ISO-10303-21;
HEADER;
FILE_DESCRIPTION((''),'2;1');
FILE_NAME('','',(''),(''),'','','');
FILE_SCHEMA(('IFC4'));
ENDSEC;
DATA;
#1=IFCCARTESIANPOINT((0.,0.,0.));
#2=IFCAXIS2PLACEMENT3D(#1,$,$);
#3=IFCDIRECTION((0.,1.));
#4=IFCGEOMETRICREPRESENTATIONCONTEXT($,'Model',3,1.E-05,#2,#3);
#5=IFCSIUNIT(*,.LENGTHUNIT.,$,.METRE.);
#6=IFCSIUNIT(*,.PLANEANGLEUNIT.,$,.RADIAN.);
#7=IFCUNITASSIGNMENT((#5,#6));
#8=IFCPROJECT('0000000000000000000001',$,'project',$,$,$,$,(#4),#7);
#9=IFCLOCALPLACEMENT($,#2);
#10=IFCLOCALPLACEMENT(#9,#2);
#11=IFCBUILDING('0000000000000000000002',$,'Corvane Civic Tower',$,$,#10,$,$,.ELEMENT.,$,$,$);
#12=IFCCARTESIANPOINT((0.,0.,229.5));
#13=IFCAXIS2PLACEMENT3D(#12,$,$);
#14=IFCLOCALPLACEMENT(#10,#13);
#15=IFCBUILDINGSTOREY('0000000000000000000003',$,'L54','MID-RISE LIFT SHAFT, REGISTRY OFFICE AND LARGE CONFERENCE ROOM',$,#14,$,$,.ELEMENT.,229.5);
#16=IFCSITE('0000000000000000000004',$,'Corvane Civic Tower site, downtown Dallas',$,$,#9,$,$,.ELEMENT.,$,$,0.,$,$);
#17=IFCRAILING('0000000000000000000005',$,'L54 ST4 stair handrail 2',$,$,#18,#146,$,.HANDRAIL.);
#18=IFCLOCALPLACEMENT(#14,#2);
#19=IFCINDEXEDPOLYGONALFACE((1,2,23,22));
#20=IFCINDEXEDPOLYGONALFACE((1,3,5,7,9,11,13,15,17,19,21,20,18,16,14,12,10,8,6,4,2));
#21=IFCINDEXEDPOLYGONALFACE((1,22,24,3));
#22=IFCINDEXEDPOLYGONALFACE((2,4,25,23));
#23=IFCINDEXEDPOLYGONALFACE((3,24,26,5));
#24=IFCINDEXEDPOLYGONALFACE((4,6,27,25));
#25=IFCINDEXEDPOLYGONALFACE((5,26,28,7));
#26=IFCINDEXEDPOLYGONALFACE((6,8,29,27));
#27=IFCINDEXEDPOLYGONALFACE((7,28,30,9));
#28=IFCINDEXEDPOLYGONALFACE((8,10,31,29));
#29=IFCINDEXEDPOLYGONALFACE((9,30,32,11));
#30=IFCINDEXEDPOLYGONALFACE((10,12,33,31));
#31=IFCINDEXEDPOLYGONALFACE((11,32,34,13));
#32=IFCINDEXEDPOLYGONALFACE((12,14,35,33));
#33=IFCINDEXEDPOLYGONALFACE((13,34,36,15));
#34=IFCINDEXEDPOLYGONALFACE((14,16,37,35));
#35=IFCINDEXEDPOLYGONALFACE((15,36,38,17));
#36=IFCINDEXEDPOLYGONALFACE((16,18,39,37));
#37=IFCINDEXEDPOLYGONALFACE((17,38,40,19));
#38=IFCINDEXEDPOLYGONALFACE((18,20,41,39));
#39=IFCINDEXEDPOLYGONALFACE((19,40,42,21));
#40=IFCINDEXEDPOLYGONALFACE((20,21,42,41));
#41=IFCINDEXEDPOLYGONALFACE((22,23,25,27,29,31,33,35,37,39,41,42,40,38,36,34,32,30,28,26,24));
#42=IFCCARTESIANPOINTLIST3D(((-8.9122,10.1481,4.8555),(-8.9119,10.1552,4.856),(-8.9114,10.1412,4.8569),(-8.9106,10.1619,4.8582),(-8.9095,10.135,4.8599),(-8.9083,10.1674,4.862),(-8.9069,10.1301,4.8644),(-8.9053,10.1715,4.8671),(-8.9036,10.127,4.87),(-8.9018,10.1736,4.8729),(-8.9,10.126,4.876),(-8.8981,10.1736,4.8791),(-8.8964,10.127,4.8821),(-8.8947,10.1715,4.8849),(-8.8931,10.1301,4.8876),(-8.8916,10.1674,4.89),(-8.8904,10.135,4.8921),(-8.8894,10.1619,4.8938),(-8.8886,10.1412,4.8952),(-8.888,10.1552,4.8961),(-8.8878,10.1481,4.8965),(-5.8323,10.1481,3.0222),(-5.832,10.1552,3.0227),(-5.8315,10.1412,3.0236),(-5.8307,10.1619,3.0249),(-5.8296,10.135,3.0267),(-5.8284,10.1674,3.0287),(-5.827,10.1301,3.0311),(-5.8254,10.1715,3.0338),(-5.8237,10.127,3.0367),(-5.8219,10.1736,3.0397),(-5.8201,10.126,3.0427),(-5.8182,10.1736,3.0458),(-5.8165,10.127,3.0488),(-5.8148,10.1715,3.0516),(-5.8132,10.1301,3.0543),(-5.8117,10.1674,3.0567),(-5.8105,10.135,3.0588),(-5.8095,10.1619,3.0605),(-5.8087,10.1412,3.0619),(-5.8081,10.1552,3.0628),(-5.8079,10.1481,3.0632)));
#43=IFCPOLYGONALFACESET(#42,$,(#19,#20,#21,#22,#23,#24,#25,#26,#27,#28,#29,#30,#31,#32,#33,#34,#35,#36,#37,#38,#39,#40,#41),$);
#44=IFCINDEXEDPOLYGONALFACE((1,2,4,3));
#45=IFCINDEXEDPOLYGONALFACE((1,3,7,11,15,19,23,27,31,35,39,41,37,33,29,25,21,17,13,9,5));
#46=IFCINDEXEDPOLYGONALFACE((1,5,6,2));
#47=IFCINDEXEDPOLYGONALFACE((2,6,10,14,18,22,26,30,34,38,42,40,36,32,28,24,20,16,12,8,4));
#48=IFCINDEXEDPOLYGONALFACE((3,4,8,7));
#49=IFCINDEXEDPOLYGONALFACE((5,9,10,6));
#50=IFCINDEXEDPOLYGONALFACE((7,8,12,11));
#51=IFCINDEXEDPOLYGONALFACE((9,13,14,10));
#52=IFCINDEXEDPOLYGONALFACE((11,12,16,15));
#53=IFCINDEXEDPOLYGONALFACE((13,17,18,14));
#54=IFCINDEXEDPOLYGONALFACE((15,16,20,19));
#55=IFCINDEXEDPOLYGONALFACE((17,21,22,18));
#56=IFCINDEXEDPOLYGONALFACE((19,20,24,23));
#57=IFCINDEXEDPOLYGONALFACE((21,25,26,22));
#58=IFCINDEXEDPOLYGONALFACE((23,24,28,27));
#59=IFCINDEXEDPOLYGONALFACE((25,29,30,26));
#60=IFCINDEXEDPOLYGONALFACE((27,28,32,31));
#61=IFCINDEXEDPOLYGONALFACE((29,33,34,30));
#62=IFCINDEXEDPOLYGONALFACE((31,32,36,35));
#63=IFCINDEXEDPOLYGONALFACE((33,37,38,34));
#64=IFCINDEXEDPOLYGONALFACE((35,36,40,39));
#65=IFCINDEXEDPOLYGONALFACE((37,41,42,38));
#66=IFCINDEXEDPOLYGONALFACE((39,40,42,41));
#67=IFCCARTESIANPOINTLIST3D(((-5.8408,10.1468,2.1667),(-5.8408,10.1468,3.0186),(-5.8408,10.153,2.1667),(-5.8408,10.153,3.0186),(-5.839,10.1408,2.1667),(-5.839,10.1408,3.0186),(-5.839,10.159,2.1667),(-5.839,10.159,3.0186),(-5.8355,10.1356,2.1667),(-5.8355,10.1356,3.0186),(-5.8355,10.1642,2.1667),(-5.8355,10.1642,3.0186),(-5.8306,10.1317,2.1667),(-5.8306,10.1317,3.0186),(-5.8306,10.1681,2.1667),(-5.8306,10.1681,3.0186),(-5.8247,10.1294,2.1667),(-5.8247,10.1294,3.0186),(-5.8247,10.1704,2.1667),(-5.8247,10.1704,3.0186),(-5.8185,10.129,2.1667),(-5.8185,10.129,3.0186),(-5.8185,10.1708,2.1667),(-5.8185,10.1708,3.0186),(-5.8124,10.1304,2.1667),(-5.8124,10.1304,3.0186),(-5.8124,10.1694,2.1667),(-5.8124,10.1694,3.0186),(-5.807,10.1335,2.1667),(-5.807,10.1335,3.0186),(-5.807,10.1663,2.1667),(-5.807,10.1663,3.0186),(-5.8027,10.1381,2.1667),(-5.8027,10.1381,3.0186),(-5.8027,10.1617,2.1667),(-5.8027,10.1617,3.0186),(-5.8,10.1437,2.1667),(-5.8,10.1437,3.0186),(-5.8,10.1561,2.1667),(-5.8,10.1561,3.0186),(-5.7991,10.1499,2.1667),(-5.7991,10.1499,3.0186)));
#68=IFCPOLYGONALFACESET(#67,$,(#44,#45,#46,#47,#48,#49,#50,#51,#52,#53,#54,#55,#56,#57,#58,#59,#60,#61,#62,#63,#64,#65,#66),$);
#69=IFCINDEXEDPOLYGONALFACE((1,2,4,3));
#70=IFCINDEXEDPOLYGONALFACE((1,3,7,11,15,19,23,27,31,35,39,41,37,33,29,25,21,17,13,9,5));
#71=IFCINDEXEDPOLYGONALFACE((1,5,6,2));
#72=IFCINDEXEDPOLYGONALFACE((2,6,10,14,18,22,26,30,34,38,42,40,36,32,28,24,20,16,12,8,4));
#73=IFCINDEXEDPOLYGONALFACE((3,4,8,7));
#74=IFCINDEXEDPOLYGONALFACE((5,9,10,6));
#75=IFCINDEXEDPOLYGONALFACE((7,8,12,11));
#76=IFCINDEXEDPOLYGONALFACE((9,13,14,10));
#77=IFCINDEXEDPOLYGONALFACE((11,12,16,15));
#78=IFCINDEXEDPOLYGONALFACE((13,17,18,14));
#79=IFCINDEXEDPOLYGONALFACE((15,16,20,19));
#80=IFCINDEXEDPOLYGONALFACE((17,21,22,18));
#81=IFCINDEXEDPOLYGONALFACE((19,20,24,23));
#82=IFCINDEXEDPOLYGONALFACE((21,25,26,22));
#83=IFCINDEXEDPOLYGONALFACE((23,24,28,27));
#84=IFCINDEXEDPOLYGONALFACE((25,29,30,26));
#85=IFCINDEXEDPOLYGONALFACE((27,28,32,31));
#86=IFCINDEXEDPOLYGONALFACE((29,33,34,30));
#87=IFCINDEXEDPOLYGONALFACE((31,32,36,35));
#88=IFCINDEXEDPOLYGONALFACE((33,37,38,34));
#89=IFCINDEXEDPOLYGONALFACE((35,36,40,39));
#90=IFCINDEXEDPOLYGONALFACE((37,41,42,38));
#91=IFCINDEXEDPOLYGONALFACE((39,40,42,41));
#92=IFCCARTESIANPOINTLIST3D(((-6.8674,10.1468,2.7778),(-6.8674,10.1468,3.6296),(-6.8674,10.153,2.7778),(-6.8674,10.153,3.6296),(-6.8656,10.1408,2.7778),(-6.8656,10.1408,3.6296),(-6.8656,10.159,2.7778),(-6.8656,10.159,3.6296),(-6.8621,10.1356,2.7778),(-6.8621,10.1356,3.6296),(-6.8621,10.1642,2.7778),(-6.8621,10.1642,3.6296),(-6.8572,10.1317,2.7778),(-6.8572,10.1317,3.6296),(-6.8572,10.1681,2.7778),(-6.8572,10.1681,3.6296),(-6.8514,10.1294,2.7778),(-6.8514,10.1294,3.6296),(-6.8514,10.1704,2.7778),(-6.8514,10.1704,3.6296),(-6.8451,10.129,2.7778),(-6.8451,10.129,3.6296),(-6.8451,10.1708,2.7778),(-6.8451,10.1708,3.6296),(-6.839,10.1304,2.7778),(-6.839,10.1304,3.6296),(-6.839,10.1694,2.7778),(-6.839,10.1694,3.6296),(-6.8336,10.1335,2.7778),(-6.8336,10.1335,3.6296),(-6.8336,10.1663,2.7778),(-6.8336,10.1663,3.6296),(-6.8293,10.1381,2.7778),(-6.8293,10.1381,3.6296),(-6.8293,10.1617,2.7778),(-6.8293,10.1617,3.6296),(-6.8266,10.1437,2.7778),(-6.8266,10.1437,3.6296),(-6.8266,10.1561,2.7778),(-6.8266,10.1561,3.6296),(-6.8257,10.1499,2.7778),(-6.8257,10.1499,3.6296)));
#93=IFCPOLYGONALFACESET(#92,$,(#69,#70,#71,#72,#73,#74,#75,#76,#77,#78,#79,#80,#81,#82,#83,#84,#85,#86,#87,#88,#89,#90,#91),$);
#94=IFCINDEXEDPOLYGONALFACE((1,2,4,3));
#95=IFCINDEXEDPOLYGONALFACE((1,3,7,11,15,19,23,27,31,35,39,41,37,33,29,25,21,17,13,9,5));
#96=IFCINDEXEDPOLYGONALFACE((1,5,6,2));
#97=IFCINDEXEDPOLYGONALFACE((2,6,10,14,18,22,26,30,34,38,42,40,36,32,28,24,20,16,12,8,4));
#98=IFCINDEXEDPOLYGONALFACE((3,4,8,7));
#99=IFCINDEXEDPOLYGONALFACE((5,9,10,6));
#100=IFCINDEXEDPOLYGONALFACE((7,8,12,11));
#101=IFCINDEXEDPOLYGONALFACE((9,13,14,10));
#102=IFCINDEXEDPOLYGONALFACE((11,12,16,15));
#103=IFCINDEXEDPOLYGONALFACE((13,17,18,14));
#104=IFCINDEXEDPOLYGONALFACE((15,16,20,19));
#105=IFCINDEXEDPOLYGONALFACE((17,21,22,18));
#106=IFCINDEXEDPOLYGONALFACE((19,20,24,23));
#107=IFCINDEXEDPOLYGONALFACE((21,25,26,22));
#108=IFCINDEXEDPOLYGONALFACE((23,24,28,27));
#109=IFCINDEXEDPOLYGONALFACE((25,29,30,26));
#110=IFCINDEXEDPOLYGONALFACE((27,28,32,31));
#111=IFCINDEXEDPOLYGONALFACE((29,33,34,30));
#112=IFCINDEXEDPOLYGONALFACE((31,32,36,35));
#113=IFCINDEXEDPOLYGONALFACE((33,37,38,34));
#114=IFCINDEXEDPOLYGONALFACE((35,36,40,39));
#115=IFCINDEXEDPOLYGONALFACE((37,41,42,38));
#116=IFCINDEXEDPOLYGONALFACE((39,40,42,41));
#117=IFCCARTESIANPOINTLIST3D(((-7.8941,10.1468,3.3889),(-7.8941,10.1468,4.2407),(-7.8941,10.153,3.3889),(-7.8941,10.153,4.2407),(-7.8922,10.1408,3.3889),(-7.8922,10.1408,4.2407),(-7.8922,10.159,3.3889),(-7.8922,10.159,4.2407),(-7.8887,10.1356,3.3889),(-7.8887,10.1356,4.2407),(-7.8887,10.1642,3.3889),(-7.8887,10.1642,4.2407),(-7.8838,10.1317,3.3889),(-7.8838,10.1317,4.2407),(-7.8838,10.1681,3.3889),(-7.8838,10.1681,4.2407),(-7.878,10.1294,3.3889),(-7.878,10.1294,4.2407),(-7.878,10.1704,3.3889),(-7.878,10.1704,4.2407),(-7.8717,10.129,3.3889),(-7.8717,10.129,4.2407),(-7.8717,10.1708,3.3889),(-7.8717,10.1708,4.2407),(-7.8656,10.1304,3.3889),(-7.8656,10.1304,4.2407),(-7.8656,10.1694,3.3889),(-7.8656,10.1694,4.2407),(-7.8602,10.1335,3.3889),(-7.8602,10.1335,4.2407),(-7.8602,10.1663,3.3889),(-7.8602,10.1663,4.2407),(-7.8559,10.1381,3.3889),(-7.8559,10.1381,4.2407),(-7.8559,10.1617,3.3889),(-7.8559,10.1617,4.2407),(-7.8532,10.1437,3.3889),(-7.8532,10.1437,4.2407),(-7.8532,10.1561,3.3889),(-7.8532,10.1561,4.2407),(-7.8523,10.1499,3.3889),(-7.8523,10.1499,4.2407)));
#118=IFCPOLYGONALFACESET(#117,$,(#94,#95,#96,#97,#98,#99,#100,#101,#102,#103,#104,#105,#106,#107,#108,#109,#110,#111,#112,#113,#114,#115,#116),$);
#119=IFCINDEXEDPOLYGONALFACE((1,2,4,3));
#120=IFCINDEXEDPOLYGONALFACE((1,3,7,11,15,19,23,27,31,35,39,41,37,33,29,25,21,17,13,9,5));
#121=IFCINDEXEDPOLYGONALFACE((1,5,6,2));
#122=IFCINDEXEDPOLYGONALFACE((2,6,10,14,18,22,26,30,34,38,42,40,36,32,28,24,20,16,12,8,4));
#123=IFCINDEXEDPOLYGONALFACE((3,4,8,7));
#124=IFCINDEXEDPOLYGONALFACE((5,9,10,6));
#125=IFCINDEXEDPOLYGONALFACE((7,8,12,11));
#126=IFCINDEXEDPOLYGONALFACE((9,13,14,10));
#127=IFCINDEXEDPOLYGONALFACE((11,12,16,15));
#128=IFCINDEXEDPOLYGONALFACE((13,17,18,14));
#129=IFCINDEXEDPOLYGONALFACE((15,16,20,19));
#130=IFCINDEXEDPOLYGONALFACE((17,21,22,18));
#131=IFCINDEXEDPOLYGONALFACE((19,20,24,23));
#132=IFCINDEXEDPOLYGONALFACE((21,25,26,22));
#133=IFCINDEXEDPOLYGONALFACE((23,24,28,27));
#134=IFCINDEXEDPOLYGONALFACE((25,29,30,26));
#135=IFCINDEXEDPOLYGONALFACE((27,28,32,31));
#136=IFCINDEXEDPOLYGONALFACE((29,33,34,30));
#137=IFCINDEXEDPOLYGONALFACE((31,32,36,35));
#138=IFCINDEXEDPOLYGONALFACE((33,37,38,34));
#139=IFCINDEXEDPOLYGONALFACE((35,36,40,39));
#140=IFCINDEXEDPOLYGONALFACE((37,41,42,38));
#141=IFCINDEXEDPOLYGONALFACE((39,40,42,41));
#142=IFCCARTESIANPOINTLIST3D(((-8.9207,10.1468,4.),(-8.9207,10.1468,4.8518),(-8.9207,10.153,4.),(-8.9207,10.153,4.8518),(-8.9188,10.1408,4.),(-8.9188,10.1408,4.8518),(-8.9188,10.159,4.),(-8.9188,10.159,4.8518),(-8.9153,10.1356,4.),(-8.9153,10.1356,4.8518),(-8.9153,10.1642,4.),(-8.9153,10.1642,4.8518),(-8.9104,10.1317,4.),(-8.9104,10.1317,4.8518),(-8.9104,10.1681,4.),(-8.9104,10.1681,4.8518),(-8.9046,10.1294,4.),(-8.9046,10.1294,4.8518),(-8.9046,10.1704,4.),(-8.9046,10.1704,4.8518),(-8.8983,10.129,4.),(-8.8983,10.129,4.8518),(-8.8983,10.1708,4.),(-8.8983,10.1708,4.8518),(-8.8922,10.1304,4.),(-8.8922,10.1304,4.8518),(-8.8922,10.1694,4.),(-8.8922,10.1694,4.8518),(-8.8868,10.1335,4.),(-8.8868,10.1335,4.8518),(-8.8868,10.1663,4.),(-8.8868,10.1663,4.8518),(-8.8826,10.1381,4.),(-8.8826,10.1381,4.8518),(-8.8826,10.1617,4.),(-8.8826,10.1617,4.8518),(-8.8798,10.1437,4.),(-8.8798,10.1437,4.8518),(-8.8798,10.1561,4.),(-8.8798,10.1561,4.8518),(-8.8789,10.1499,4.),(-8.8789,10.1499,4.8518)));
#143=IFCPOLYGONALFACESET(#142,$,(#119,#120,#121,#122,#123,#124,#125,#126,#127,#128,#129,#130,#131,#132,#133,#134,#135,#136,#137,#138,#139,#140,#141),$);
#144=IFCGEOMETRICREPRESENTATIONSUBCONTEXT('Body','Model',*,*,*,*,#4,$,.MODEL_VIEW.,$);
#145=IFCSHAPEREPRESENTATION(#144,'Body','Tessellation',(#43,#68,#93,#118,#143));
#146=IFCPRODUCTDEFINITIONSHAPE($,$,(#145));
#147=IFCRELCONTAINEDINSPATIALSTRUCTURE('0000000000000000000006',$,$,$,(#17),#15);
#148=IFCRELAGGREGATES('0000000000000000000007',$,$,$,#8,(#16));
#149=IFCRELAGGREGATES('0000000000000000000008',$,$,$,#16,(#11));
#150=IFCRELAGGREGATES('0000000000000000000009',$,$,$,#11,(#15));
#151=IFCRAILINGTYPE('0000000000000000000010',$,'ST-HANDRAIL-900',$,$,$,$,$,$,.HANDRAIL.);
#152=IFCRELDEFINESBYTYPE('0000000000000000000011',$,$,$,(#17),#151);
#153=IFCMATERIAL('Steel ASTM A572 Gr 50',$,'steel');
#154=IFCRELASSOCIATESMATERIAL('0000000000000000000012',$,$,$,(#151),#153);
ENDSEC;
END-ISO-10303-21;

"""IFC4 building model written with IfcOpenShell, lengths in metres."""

from ifc_helpers import new_model, si_unit, direction, frame, origin, origin_2d, place, context, subcontext, project, spatial, circle, extrude, material, type_object, element, save


model = new_model("IFC4")

# Units and contexts
model_context = context("Model", 3, precision=1e-05, world=origin(), true_north=direction((0.0, 1.0)))
body_context = subcontext(model_context, "Body", "Model", "MODEL_VIEW")
ifc_project = project(units=[si_unit("LENGTHUNIT", "METRE"), si_unit("PLANEANGLEUNIT", "RADIAN")], contexts=[model_context])

# Site, building, storey
site_placement = place(None, origin())
site = spatial("IfcSite", under=ifc_project, at=site_placement, Name="Corvane Civic Tower site, downtown Dallas", CompositionType="ELEMENT", RefElevation=0.0)
building_placement = place(site_placement, origin())
building = spatial("IfcBuilding", under=site, at=building_placement, Name="Corvane Civic Tower", CompositionType="ELEMENT")
storey_placement = place(building_placement, frame((0.0, 0.0, 229.5)))
storey = spatial("IfcBuildingStorey", under=building, at=storey_placement, Name="L54", Description="MID-RISE LIFT SHAFT, REGISTRY OFFICE AND LARGE CONFERENCE ROOM", CompositionType="ELEMENT", Elevation=229.5)

# Railing
ifc_material_1 = material(Name="Steel ASTM A572 Gr 50", Category="steel")
railing_type_1 = type_object("IfcRailingType", Name="ST-HANDRAIL-900", PredefinedType="HANDRAIL", material=ifc_material_1)
railing_1_placement = place(storey_placement, frame((-5.8201, 10.1499, 2.1667)))
element("IfcRailing", 1, at=railing_1_placement, inside=storey, type_object=railing_type_1, Name="L54 ST4 stair handrail 2", PredefinedType="HANDRAIL", context=body_context, shape_type="SweptSolid", body=[
    extrude(circle(Radius=0.0239, at=origin_2d()), frame((0.0, 0.0, 0.876), z_axis=(-0.859291, 0.0, 0.511487), x_axis=(0.0, -1.0, 0.0)), (0.0, 0.0, 1.0), 3.5842),
    extrude(circle(Radius=0.021, at=origin_2d()), origin(), (0.0, 0.0, 1.0), 0.8518),
    extrude(circle(Radius=0.021, at=origin_2d()), frame((-1.0266, 0.0, 0.6111)), (0.0, 0.0, 1.0), 0.8518),
    extrude(circle(Radius=0.021, at=origin_2d()), frame((-2.0532, 0.0, 1.2222)), (0.0, 0.0, 1.0), 0.8518),
    extrude(circle(Radius=0.021, at=origin_2d()), frame((-3.0798, 0.0, 1.8333)), (0.0, 0.0, 1.0), 0.8518),
])

save(model, "model.ifc")
